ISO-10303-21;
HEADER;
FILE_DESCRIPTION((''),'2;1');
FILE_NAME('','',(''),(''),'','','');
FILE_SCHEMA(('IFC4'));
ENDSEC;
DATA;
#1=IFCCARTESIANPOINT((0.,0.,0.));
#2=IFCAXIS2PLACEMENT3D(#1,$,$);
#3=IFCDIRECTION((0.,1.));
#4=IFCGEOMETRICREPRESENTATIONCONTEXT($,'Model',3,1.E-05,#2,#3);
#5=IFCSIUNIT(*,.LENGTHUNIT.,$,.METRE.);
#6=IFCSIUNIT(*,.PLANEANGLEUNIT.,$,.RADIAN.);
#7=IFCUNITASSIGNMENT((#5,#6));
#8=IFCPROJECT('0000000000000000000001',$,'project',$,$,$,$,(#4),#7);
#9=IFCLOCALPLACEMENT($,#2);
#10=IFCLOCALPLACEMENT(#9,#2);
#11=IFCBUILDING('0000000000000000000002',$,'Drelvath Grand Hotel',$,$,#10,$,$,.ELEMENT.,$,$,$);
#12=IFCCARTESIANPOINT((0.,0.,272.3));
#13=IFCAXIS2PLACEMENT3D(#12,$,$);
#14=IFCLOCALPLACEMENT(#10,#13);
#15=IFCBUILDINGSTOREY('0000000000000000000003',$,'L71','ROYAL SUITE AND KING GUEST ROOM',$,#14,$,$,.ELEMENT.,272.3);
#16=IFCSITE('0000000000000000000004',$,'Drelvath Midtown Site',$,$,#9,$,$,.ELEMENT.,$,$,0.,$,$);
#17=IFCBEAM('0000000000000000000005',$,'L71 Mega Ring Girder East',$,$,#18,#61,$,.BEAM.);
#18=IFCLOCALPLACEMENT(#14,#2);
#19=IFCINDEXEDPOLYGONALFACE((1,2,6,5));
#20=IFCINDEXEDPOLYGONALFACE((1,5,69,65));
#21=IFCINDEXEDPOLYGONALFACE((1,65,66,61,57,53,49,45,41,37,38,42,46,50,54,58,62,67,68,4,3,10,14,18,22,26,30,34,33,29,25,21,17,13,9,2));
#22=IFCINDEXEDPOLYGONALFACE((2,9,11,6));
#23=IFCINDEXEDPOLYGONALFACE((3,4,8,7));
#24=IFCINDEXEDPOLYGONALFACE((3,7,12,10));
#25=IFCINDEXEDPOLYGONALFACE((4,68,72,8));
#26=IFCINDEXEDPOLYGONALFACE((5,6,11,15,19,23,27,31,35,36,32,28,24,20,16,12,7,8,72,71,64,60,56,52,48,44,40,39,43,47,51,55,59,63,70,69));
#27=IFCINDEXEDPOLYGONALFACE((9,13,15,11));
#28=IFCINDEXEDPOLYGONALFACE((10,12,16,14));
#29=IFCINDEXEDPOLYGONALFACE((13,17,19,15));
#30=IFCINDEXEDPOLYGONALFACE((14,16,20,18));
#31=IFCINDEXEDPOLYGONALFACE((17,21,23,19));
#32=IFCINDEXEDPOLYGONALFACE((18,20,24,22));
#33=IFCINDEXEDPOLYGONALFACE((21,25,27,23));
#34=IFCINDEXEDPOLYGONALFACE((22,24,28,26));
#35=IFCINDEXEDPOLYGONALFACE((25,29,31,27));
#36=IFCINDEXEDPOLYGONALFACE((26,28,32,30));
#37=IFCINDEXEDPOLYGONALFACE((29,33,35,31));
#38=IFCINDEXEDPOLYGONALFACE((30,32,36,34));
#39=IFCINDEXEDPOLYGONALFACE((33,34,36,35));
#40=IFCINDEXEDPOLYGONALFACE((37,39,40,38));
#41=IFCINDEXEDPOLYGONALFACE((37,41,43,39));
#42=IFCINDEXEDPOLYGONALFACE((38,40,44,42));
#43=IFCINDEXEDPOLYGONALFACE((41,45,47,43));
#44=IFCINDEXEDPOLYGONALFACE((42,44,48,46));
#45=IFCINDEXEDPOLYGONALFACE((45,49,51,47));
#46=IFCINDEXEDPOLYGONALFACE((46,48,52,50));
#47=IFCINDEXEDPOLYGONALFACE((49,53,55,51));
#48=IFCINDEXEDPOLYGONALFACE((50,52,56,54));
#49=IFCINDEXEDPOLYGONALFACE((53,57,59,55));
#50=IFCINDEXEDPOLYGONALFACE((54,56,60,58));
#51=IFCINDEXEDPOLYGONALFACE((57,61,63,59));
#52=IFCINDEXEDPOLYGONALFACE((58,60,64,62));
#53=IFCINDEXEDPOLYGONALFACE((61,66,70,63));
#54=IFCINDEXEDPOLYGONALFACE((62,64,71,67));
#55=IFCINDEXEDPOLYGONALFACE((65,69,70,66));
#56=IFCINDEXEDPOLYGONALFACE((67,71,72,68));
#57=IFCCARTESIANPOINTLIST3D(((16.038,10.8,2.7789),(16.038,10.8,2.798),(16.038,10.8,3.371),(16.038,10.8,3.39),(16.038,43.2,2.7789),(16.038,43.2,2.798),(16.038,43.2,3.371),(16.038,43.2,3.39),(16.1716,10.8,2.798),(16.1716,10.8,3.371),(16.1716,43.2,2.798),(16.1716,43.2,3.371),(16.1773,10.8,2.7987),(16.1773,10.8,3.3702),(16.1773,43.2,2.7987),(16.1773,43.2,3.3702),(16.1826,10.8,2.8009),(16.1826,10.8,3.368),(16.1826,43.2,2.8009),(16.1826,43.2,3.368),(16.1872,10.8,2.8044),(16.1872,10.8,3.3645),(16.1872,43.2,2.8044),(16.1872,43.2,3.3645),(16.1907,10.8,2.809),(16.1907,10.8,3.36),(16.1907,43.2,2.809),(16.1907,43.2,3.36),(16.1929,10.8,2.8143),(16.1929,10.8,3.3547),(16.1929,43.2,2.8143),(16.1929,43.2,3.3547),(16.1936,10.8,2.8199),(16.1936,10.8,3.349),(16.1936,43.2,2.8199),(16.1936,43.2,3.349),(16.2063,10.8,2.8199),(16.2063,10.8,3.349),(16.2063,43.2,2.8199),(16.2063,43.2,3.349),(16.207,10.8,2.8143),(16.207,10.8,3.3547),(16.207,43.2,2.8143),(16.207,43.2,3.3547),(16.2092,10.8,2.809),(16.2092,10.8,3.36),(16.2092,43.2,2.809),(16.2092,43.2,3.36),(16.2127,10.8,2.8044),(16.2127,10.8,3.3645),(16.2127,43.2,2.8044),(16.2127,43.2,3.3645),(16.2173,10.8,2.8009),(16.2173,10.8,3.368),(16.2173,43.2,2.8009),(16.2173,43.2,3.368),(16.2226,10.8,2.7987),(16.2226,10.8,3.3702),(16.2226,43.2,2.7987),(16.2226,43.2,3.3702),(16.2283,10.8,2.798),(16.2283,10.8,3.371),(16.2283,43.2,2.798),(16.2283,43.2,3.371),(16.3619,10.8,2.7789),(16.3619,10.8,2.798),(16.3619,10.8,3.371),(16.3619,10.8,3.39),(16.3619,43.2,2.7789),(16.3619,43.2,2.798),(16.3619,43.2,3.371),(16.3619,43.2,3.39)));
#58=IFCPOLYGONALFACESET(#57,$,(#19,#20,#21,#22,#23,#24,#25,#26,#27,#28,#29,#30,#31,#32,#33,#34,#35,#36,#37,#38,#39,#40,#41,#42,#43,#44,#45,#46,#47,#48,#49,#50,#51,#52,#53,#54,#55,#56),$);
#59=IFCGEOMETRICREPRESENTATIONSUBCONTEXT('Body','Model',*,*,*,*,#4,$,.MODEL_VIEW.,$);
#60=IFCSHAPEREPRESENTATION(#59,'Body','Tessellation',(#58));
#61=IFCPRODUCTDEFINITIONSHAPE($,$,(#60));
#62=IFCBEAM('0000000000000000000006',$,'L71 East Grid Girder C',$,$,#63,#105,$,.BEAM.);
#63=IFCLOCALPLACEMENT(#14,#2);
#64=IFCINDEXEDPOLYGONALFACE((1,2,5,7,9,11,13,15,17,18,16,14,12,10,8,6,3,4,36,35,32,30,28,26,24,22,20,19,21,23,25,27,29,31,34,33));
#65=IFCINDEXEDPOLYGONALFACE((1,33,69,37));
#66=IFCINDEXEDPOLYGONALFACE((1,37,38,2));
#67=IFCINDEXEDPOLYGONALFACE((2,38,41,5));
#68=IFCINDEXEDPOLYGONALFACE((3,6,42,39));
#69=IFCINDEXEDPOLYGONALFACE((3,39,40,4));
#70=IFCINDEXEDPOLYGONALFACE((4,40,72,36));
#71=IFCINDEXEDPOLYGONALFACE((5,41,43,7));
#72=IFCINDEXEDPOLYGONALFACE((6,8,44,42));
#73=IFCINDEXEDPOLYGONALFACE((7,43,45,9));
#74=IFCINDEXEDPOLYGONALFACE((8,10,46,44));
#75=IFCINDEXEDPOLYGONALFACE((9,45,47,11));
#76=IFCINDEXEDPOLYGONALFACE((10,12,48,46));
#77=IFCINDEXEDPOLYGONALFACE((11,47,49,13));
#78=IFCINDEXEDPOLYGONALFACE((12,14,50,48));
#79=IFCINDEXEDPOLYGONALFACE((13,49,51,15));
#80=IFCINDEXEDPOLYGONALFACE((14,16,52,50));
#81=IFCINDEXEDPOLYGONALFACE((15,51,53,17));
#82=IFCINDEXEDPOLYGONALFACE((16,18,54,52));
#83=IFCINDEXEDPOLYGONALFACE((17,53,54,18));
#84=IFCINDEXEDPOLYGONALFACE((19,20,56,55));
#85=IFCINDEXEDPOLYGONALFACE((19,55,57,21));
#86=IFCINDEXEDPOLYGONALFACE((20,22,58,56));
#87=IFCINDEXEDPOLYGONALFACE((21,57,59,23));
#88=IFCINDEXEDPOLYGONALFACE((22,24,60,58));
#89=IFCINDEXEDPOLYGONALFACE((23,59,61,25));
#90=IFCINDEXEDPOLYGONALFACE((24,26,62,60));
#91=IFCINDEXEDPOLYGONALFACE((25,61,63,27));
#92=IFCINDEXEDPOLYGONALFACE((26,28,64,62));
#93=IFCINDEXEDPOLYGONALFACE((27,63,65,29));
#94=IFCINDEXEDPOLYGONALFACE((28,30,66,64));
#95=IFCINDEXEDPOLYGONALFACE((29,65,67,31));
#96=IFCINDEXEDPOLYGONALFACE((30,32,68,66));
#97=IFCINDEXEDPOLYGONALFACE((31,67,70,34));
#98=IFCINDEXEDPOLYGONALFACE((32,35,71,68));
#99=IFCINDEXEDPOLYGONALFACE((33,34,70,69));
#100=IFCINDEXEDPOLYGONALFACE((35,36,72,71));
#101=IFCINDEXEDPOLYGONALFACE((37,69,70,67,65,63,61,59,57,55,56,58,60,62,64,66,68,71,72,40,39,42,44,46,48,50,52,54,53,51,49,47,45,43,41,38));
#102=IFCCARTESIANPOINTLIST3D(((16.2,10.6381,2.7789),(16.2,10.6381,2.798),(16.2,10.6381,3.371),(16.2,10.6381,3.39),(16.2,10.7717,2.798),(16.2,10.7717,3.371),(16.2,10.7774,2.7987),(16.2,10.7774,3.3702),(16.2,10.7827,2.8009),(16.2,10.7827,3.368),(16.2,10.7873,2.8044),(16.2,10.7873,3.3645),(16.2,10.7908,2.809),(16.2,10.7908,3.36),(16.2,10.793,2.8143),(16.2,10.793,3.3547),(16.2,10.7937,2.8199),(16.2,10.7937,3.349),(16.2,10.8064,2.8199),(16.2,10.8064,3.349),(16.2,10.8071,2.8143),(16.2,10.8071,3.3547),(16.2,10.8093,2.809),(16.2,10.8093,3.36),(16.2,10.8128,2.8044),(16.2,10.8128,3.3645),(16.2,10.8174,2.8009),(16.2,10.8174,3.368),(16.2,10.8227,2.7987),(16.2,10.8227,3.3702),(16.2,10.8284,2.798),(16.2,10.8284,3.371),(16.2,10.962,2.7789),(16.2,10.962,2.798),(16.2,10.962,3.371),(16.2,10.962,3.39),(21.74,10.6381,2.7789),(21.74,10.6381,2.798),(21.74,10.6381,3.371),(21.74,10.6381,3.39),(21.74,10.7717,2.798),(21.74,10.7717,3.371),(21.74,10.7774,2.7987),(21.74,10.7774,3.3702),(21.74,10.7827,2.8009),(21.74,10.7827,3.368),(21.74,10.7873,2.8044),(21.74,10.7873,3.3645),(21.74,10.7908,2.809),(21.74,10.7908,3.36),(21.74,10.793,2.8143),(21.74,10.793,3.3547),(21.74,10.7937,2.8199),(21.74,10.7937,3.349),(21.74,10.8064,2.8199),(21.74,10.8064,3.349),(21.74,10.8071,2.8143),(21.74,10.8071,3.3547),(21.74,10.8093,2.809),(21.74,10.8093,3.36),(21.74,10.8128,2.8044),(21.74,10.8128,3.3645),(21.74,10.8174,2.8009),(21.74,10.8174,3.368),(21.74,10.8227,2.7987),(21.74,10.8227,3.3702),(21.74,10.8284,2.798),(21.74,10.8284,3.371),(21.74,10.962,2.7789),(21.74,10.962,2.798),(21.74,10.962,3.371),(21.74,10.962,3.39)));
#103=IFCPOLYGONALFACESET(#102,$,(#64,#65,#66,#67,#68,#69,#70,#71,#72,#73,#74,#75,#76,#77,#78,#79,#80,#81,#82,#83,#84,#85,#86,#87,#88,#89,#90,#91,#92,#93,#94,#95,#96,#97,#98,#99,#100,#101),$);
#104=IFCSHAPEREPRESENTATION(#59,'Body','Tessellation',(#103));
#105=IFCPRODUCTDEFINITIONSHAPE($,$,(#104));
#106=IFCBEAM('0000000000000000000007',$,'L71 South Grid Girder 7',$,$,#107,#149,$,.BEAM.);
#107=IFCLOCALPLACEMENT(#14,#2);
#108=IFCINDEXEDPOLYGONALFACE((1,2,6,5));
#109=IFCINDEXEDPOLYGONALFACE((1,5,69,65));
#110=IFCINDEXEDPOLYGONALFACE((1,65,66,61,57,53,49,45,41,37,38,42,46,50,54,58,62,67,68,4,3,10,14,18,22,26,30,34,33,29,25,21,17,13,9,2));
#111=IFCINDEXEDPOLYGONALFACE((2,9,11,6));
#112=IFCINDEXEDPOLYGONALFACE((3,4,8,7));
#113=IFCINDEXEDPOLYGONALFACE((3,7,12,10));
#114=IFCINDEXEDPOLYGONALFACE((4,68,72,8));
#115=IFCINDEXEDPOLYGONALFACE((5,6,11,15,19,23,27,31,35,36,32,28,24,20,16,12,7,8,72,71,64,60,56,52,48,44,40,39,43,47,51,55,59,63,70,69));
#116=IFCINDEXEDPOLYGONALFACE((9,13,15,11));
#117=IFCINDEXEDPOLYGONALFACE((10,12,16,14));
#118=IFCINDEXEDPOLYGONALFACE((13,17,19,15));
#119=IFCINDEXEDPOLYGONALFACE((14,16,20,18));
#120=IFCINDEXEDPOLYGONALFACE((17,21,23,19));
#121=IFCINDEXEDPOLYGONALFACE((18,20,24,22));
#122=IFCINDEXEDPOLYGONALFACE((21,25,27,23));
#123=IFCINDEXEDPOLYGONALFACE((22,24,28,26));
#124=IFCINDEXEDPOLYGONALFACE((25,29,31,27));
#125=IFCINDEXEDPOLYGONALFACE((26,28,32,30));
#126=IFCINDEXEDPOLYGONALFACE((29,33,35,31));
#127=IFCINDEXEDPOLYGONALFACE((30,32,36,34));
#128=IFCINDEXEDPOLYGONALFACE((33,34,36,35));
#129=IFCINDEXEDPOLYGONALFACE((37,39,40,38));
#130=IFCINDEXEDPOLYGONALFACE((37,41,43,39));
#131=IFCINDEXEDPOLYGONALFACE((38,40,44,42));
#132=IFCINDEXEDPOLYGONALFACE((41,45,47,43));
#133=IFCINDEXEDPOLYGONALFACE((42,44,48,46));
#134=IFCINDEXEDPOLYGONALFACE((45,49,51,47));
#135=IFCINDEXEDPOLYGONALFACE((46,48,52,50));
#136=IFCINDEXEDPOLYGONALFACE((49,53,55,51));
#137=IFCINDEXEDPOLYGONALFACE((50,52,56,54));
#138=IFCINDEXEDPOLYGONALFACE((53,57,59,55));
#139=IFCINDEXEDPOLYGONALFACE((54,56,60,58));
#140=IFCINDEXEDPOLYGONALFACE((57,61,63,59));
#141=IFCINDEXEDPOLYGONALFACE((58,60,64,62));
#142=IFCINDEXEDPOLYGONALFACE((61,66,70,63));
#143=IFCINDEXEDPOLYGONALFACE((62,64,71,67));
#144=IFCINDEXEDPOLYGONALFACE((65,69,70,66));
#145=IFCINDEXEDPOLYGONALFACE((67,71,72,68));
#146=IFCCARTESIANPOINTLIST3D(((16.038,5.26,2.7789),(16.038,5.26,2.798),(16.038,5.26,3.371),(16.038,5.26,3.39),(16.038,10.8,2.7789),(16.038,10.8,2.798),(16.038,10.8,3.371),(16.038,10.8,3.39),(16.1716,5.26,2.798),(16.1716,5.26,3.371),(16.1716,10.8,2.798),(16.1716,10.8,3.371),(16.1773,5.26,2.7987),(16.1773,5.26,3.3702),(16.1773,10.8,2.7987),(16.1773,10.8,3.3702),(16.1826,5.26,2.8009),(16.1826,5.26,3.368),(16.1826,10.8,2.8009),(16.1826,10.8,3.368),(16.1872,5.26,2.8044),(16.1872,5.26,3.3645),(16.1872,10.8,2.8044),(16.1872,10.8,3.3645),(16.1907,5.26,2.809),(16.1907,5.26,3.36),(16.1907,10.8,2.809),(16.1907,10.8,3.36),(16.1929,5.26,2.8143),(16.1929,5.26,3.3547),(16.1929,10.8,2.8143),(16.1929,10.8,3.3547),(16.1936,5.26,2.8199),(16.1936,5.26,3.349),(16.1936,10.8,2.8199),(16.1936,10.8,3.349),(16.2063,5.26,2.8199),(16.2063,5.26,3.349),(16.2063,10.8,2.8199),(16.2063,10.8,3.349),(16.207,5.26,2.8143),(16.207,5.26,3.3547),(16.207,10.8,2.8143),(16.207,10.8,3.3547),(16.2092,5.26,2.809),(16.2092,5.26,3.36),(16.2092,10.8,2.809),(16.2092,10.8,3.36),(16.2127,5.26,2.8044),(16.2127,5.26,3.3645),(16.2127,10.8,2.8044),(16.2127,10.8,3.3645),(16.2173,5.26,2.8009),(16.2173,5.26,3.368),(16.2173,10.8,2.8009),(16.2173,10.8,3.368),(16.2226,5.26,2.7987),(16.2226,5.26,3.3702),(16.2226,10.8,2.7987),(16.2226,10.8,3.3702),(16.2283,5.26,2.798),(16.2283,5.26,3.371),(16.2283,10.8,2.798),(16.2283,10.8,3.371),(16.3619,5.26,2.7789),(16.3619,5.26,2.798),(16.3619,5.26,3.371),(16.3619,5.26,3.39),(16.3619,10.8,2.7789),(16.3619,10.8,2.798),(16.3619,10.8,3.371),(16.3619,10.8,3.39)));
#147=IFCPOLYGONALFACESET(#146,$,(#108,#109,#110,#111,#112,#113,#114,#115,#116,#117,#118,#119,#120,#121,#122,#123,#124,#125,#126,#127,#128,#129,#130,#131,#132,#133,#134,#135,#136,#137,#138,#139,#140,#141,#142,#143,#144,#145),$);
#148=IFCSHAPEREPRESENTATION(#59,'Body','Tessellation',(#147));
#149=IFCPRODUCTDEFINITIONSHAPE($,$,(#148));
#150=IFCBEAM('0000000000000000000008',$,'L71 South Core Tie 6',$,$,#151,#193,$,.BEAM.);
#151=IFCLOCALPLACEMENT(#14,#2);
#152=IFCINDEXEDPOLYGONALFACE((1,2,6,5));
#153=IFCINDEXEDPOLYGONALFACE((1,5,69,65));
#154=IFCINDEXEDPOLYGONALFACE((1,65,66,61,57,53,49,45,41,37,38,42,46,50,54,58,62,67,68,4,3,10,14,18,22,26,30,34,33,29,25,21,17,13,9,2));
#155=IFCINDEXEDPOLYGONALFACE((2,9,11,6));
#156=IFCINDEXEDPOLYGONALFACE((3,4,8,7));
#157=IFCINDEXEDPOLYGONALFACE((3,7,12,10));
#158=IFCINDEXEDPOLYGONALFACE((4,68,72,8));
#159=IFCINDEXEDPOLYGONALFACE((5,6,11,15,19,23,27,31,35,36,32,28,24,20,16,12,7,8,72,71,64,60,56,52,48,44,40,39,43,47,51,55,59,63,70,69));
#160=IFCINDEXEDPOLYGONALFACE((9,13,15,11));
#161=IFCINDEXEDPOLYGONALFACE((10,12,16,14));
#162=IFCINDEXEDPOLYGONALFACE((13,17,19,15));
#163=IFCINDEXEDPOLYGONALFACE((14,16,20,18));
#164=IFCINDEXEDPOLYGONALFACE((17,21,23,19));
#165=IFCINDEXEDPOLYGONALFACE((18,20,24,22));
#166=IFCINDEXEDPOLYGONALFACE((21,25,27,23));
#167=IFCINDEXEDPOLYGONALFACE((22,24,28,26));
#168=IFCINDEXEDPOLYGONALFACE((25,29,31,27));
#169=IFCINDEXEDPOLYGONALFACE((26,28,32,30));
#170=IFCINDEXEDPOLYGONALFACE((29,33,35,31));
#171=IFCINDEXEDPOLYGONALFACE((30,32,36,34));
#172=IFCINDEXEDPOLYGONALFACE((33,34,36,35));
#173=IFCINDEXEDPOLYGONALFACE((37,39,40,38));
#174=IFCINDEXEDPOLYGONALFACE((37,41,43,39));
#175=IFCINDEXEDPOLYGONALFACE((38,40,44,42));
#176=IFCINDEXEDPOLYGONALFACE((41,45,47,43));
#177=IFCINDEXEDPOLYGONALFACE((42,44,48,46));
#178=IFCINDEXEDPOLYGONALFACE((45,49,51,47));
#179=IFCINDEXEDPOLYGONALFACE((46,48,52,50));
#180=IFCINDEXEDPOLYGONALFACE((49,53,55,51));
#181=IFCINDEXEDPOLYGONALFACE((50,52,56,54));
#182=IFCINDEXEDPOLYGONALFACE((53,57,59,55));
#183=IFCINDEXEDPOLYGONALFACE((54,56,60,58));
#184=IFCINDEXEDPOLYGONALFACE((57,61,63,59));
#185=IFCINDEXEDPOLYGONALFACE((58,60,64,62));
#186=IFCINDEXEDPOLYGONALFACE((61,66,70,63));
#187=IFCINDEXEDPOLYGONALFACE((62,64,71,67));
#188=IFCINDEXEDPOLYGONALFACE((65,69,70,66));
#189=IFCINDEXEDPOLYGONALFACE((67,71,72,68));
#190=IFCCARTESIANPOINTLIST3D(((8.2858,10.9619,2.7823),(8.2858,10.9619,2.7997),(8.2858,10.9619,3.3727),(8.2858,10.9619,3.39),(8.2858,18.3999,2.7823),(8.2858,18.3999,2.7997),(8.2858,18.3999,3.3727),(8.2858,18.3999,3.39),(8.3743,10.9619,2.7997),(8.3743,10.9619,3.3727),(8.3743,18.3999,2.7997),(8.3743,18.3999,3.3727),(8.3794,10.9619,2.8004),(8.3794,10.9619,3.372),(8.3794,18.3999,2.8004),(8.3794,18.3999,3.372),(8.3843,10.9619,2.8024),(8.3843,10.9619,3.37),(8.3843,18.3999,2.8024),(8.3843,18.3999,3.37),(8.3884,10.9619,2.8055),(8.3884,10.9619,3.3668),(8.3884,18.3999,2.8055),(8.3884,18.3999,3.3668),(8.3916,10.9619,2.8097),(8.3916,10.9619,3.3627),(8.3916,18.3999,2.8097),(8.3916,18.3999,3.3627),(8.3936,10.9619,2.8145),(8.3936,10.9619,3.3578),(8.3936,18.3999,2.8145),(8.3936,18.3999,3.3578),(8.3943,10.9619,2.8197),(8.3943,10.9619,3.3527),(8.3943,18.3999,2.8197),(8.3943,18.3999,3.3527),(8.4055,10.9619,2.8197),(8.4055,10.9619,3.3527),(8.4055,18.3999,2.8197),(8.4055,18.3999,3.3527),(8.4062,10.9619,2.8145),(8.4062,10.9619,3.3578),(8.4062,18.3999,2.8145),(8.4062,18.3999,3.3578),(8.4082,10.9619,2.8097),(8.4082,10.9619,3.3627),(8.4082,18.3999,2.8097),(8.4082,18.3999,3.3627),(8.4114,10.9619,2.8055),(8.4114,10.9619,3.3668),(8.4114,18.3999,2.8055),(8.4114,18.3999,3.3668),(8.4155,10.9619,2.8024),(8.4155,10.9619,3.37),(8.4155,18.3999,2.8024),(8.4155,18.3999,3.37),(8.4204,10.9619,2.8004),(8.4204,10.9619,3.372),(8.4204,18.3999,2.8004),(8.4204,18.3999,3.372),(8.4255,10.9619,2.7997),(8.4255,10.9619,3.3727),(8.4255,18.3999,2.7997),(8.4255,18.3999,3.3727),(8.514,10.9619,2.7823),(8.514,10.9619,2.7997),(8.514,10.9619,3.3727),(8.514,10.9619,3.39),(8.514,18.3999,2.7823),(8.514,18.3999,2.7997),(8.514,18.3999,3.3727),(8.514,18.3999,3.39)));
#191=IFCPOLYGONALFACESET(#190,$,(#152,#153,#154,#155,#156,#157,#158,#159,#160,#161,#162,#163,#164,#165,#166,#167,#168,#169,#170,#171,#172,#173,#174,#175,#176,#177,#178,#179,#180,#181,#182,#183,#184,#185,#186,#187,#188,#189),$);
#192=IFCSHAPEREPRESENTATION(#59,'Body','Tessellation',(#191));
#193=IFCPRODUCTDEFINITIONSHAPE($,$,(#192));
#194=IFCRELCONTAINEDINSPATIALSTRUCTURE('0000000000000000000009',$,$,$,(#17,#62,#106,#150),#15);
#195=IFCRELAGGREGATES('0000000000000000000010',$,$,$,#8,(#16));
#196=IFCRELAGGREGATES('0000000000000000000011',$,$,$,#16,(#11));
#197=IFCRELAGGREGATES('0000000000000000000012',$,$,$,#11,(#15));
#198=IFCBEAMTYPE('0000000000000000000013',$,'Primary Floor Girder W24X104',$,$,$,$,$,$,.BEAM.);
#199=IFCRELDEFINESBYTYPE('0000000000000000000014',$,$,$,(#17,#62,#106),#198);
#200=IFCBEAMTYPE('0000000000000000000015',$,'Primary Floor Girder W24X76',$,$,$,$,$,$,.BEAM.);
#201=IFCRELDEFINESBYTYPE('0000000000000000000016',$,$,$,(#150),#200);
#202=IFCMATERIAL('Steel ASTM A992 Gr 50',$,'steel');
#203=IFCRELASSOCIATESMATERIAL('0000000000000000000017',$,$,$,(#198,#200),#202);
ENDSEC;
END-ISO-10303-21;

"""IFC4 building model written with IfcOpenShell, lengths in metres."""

from ifc_helpers import new_model, si_unit, direction, frame, origin, origin_2d, place, context, subcontext, project, spatial, i_section, extrude, material, material_profile, profile_set, type_object, element, save


model = new_model("IFC4")

# Units and contexts
model_context = context("Model", 3, precision=1e-05, world=origin(), true_north=direction((0.0, 1.0)))
body_context = subcontext(model_context, "Body", "Model", "MODEL_VIEW")
ifc_project = project(units=[si_unit("LENGTHUNIT", "METRE"), si_unit("PLANEANGLEUNIT", "RADIAN")], contexts=[model_context])

# Site, building, storey
site_placement = place(None, origin())
site = spatial("IfcSite", under=ifc_project, at=site_placement, Name="Drelvath Midtown Site", CompositionType="ELEMENT", RefElevation=0.0)
building_placement = place(site_placement, origin())
building = spatial("IfcBuilding", under=site, at=building_placement, Name="Drelvath Grand Hotel", CompositionType="ELEMENT")
storey_placement = place(building_placement, frame((0.0, 0.0, 272.3)))
storey = spatial("IfcBuildingStorey", under=building, at=storey_placement, Name="L71", Description="ROYAL SUITE AND KING GUEST ROOM", CompositionType="ELEMENT", Elevation=272.3)

# Shared definitions
ifc_material_1 = material(Name="Steel ASTM A992 Gr 50", Category="steel")

# Beams
ifc_material_profile_1 = material_profile(ifc_material_1, i_section(OverallWidth=0.324, OverallDepth=0.6111, WebThickness=0.0127, FlangeThickness=0.019, FilletRadius=0.022, at=origin_2d()), Name="W24X104")
ifc_profile_set_1 = profile_set([ifc_material_profile_1], Name="Steel ASTM A992 Gr 50")
beam_type_1 = type_object("IfcBeamType", Name="Primary Floor Girder W24X104", PredefinedType="BEAM", material=ifc_profile_set_1)
beam_1_placement = place(storey_placement, frame((16.2, 10.8, 3.0845), z_axis=(0.0, 1.0, 0.0), x_axis=(-1.0, 0.0, 0.0)))
element("IfcBeam", 1, at=beam_1_placement, inside=storey, type_object=beam_type_1, Name="L71 Mega Ring Girder East", PredefinedType="BEAM", context=body_context, shape_type="SweptSolid", body=[
    extrude(i_section(OverallWidth=0.324, OverallDepth=0.6111, WebThickness=0.0127, FlangeThickness=0.019, FilletRadius=0.022, at=origin_2d()), origin(), (0.0, 0.0, 1.0), 32.3999),
])
for number, where, z_axis, x_axis, name in (
    (2, (16.2, 10.8, 3.0845), (1.0, 0.0, 0.0), (0.0, 1.0, 0.0), "L71 East Grid Girder C"),
    (3, (16.2, 5.26, 3.0845), (0.0, 1.0, 0.0), (-1.0, 0.0, 0.0), "L71 South Grid Girder 7"),
):
    element("IfcBeam", number, at=place(storey_placement, frame(where, z_axis=z_axis, x_axis=x_axis)), inside=storey, type_object=beam_type_1, Name=name, PredefinedType="BEAM", context=body_context, shape_type="SweptSolid", body=[
        extrude(i_section(OverallWidth=0.324, OverallDepth=0.6111, WebThickness=0.0127, FlangeThickness=0.019, FilletRadius=0.022, at=origin_2d()), origin(), (0.0, 0.0, 1.0), 5.54),
    ])
ifc_material_profile_2 = material_profile(ifc_material_1, i_section(OverallWidth=0.2283, OverallDepth=0.6077, WebThickness=0.0112, FlangeThickness=0.0173, FilletRadius=0.02, at=origin_2d()), Name="W24X76")
ifc_profile_set_2 = profile_set([ifc_material_profile_2], Name="Steel ASTM A992 Gr 50")
beam_type_2 = type_object("IfcBeamType", Name="Primary Floor Girder W24X76", PredefinedType="BEAM", material=ifc_profile_set_2)
beam_2_placement = place(storey_placement, frame((8.3999, 10.9619, 3.0862), z_axis=(0.0, 1.0, 0.0), x_axis=(-1.0, 0.0, 0.0)))
element("IfcBeam", 4, at=beam_2_placement, inside=storey, type_object=beam_type_2, Name="L71 South Core Tie 6", PredefinedType="BEAM", context=body_context, shape_type="SweptSolid", body=[
    extrude(i_section(OverallWidth=0.2283, OverallDepth=0.6077, WebThickness=0.0112, FlangeThickness=0.0173, FilletRadius=0.02, at=origin_2d()), origin(), (0.0, 0.0, 1.0), 7.438),
])

save(model, "model.ifc")
